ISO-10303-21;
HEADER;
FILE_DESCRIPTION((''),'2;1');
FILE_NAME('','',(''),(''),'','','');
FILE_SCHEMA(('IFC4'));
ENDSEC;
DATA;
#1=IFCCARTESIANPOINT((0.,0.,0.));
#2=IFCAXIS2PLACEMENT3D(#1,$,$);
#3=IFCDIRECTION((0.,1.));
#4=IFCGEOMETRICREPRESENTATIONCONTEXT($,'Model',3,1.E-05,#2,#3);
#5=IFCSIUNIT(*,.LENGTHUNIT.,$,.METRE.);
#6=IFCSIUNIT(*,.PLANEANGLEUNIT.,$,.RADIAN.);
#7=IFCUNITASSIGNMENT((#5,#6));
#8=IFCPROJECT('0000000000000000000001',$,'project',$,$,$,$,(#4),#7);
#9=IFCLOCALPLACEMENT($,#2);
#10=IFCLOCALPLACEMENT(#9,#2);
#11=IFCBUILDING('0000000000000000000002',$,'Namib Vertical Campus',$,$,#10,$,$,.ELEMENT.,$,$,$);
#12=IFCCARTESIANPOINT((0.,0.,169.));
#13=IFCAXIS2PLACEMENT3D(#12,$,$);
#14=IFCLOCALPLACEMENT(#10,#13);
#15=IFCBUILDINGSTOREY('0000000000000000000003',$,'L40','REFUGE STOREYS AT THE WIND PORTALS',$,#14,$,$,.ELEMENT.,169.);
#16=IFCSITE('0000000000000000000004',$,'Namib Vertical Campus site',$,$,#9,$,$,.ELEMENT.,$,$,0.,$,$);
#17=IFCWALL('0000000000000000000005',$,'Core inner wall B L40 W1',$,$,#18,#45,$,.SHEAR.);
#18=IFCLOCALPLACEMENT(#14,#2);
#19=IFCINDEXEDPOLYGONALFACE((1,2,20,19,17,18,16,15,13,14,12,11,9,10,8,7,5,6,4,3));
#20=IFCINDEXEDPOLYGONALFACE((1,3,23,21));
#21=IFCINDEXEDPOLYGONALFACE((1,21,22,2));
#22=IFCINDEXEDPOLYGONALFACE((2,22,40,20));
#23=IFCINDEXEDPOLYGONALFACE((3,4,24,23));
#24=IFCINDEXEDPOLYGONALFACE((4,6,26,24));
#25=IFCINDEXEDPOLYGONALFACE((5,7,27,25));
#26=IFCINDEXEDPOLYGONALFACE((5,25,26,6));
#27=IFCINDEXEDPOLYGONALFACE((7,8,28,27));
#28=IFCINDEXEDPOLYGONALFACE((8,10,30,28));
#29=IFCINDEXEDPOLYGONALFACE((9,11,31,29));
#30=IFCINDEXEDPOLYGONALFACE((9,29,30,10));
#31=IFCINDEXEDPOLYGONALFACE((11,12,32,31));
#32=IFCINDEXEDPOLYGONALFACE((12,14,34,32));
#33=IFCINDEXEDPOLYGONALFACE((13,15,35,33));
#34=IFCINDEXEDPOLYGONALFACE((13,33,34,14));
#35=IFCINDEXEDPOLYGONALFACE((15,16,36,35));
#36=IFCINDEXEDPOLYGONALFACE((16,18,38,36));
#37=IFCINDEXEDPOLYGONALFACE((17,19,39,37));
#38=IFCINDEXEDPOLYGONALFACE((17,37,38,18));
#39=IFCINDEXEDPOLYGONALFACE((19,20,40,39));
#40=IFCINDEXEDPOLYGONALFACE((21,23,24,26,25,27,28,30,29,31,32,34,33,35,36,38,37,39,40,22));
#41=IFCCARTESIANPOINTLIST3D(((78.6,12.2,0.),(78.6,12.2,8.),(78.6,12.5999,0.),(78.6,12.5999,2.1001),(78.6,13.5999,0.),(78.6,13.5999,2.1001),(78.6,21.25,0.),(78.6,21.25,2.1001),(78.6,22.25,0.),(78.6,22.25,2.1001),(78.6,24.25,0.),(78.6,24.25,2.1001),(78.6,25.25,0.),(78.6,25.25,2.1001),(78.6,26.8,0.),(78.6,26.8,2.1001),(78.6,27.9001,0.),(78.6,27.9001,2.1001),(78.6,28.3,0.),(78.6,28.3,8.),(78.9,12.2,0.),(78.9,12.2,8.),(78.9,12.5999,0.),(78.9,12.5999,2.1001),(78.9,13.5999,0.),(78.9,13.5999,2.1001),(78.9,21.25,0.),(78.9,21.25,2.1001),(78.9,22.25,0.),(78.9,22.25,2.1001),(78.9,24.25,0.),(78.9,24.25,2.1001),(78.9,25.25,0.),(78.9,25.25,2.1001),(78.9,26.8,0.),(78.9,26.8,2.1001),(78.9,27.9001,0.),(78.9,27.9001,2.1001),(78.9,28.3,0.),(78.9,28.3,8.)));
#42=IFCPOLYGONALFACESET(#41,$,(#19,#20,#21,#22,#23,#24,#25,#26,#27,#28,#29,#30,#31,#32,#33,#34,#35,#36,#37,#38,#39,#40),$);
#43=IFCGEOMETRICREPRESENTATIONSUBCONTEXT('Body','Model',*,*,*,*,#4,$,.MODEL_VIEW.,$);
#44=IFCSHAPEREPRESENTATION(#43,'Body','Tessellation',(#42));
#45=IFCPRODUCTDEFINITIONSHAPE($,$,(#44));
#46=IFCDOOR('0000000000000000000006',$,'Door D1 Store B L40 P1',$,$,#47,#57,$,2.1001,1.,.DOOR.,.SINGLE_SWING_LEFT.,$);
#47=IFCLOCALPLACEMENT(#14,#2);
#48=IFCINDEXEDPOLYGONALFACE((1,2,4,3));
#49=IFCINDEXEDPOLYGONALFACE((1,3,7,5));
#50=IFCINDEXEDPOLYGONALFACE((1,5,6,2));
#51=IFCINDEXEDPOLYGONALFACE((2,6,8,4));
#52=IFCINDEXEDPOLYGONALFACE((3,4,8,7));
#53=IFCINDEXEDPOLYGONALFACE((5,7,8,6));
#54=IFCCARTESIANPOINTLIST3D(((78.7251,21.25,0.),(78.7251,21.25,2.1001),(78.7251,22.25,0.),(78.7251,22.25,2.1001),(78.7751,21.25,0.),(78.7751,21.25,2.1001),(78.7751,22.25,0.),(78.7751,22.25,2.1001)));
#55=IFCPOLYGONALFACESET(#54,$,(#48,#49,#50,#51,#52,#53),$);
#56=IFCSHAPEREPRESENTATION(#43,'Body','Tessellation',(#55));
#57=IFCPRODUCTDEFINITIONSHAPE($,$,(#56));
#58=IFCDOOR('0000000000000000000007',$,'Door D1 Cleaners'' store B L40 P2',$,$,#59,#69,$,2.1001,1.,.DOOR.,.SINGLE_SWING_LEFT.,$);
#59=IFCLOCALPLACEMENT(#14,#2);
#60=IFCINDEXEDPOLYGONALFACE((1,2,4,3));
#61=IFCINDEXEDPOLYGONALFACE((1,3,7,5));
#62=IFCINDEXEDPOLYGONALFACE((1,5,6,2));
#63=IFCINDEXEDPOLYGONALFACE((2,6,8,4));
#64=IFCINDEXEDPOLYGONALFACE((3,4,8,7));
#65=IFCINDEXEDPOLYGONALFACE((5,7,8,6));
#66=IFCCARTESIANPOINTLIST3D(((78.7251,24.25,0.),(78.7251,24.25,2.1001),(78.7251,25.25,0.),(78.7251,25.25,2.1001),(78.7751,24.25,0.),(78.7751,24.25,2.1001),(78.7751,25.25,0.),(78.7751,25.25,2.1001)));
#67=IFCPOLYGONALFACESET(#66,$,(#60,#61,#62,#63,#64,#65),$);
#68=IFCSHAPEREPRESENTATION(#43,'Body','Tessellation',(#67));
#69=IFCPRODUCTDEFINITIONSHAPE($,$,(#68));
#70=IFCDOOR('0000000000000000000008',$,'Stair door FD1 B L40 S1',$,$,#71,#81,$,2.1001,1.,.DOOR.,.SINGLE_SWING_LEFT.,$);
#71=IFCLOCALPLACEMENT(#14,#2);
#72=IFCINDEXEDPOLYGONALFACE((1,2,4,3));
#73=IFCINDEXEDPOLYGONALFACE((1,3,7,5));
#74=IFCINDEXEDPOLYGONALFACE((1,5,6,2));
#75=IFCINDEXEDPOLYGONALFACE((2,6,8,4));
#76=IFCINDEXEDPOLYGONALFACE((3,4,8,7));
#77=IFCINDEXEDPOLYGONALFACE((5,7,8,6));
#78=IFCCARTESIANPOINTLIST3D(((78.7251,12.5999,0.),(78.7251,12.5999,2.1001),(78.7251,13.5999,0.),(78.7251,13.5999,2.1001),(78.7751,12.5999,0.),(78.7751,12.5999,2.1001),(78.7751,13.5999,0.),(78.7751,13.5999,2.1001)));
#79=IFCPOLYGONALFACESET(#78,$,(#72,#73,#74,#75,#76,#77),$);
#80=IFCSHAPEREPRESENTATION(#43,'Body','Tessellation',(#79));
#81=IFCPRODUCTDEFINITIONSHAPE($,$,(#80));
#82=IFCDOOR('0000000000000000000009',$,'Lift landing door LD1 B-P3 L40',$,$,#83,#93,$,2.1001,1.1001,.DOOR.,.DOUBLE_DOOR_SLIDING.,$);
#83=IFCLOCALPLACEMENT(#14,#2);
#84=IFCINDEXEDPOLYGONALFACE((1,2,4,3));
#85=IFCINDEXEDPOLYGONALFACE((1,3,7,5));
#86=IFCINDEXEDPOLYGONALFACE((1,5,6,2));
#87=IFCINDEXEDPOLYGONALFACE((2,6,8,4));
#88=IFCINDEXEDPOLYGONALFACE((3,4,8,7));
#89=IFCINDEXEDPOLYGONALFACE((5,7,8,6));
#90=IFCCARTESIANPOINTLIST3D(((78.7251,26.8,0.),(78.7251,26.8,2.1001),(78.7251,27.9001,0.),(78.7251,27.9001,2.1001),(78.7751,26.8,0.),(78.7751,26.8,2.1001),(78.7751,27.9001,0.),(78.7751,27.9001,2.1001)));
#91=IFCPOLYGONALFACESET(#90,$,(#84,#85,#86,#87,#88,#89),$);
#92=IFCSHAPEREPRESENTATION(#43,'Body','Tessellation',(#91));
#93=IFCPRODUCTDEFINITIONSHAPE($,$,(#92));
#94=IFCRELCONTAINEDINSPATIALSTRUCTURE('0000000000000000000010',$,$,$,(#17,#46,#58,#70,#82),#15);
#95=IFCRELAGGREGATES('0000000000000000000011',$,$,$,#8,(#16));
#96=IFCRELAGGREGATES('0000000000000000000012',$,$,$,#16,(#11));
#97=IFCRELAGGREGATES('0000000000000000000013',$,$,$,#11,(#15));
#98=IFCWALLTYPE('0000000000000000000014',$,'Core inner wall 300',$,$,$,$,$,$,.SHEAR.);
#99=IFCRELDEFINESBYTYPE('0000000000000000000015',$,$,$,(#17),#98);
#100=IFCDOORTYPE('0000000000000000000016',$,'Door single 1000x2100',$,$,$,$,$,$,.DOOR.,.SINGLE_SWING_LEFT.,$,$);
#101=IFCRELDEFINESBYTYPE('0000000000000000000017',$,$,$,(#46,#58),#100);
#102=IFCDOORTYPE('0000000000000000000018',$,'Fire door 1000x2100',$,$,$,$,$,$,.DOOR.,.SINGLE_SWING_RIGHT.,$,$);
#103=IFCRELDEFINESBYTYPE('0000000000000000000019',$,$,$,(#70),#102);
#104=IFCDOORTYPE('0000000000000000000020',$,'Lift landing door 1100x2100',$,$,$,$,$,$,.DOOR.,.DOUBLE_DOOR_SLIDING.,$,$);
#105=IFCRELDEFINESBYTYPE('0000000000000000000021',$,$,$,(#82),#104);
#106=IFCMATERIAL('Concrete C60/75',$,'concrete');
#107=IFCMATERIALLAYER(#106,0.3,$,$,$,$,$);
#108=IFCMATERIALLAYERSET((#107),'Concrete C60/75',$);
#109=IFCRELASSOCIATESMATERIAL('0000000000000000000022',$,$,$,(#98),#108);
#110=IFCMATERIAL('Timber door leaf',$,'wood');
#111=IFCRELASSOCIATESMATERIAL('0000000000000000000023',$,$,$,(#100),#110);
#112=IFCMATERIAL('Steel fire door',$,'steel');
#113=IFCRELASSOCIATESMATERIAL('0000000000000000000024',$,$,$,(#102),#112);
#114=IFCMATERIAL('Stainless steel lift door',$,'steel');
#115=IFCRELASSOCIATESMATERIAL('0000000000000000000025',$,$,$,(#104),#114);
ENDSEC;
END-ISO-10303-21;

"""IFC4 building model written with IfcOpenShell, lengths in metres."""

from ifc_helpers import new_model, si_unit, direction, frame, frame_2d, origin, place, context, subcontext, project, spatial, rectangle, extrude, material, layer, layer_set, type_object, element, fill, save


model = new_model("IFC4")

# Units and contexts
model_context = context("Model", 3, precision=1e-05, world=origin(), true_north=direction((0.0, 1.0)))
body_context = subcontext(model_context, "Body", "Model", "MODEL_VIEW")
ifc_project = project(units=[si_unit("LENGTHUNIT", "METRE"), si_unit("PLANEANGLEUNIT", "RADIAN")], contexts=[model_context])

# Site, building, storey
site_placement = place(None, origin())
site = spatial("IfcSite", under=ifc_project, at=site_placement, Name="Namib Vertical Campus site", CompositionType="ELEMENT", RefElevation=0.0)
building_placement = place(site_placement, origin())
building = spatial("IfcBuilding", under=site, at=building_placement, Name="Namib Vertical Campus", CompositionType="ELEMENT")
storey_placement = place(building_placement, frame((0.0, 0.0, 169.0)))
storey = spatial("IfcBuildingStorey", under=building, at=storey_placement, Name="L40", Description="REFUGE STOREYS AT THE WIND PORTALS", CompositionType="ELEMENT", Elevation=169.0)

# Wall, openings, doors
ifc_material_1 = material(Name="Concrete C60/75", Category="concrete")
ifc_layer = layer(ifc_material_1, 0.3)
ifc_layer_set = layer_set([ifc_layer], Name="Concrete C60/75")
wall_type = type_object("IfcWallType", Name="Core inner wall 300", PredefinedType="SHEAR", material=ifc_layer_set)
wall_1_placement = place(storey_placement, frame((78.75, 12.2, 0.0), z_axis=(0.0, 0.0, 1.0), x_axis=(0.0, 1.0, 0.0)))
wall_1 = element("IfcWall", 1, at=wall_1_placement, inside=storey, type_object=wall_type, Name="Core inner wall B L40 W1", PredefinedType="SHEAR", context=body_context, shape_type="SweptSolid", body=[
    extrude(rectangle(XDim=16.1001, YDim=0.3, at=frame_2d((8.05, 0.0))), origin(), (0.0, 0.0, 1.0), 8.0),
])
opening_1_placement = place(wall_1_placement, frame((0.3999, 0.0, 0.0)))
opening_1 = element("IfcOpeningElement", 2, at=opening_1_placement, cuts=wall_1, PredefinedType="OPENING", context=body_context, shape_type="SweptSolid", body=[
    extrude(rectangle(XDim=1.0, YDim=2.1001, at=frame_2d((0.5, 1.05))), frame((0.0, 0.1599, 0.0), z_axis=(0.0, -1.0, 0.0), x_axis=(1.0, 0.0, 0.0)), (0.0, 0.0, 1.0), 0.3201),
])
opening_2_placement = place(wall_1_placement, frame((14.6001, 0.0, 0.0)))
opening_2 = element("IfcOpeningElement", 3, at=opening_2_placement, cuts=wall_1, PredefinedType="OPENING", context=body_context, shape_type="SweptSolid", body=[
    extrude(rectangle(XDim=1.1001, YDim=2.1001, at=frame_2d((0.55, 1.05))), frame((0.0, 0.1599, 0.0), z_axis=(0.0, -1.0, 0.0), x_axis=(1.0, 0.0, 0.0)), (0.0, 0.0, 1.0), 0.3201),
])
opening_3_placement = place(wall_1_placement, frame((9.05, 0.0, 0.0)))
opening_3 = element("IfcOpeningElement", 4, at=opening_3_placement, cuts=wall_1, PredefinedType="OPENING", context=body_context, shape_type="SweptSolid", body=[
    extrude(rectangle(XDim=1.0, YDim=2.1001, at=frame_2d((0.5, 1.05))), frame((0.0, 0.1599, 0.0), z_axis=(0.0, -1.0, 0.0), x_axis=(1.0, 0.0, 0.0)), (0.0, 0.0, 1.0), 0.3201),
])
opening_4_placement = place(wall_1_placement, frame((12.05, 0.0, 0.0)))
opening_4 = element("IfcOpeningElement", 5, at=opening_4_placement, cuts=wall_1, PredefinedType="OPENING", context=body_context, shape_type="SweptSolid", body=[
    extrude(rectangle(XDim=1.0, YDim=2.1001, at=frame_2d((0.5, 1.05))), frame((0.0, 0.1599, 0.0), z_axis=(0.0, -1.0, 0.0), x_axis=(1.0, 0.0, 0.0)), (0.0, 0.0, 1.0), 0.3201),
])
ifc_material_2 = material(Name="Timber door leaf", Category="wood")
door_type_1 = type_object("IfcDoorType", Name="Door single 1000x2100", OperationType="SINGLE_SWING_LEFT", PredefinedType="DOOR", material=ifc_material_2)
door_1_placement = place(opening_3_placement, origin())
door_1 = element("IfcDoor", 6, at=door_1_placement, inside=storey, type_object=door_type_1, Name="Door D1 Store B L40 P1", OperationType="SINGLE_SWING_LEFT", OverallHeight=2.1001, OverallWidth=1.0, PredefinedType="DOOR", context=body_context, shape_type="SweptSolid", body=[
    extrude(rectangle(XDim=1.0, YDim=2.1001, at=frame_2d((0.5, 1.05))), frame((0.0, 0.0249, 0.0), z_axis=(0.0, -1.0, 0.0), x_axis=(1.0, 0.0, 0.0)), (0.0, 0.0, 1.0), 0.05),
])
fill(opening_3, door_1)
door_2_placement = place(opening_4_placement, origin())
door_2 = element("IfcDoor", 7, at=door_2_placement, inside=storey, type_object=door_type_1, Name="Door D1 Cleaners' store B L40 P2", OperationType="SINGLE_SWING_LEFT", OverallHeight=2.1001, OverallWidth=1.0, PredefinedType="DOOR", context=body_context, shape_type="SweptSolid", body=[
    extrude(rectangle(XDim=1.0, YDim=2.1001, at=frame_2d((0.5, 1.05))), frame((0.0, 0.0249, 0.0), z_axis=(0.0, -1.0, 0.0), x_axis=(1.0, 0.0, 0.0)), (0.0, 0.0, 1.0), 0.05),
])
fill(opening_4, door_2)
ifc_material_3 = material(Name="Steel fire door", Category="steel")
door_type_2 = type_object("IfcDoorType", Name="Fire door 1000x2100", OperationType="SINGLE_SWING_RIGHT", PredefinedType="DOOR", material=ifc_material_3)
door_3_placement = place(opening_1_placement, origin())
door_3 = element("IfcDoor", 8, at=door_3_placement, inside=storey, type_object=door_type_2, Name="Stair door FD1 B L40 S1", OperationType="SINGLE_SWING_LEFT", OverallHeight=2.1001, OverallWidth=1.0, PredefinedType="DOOR", context=body_context, shape_type="SweptSolid", body=[
    extrude(rectangle(XDim=1.0, YDim=2.1001, at=frame_2d((0.5, 1.05))), frame((0.0, 0.0249, 0.0), z_axis=(0.0, -1.0, 0.0), x_axis=(1.0, 0.0, 0.0)), (0.0, 0.0, 1.0), 0.05),
])
fill(opening_1, door_3)
ifc_material_4 = material(Name="Stainless steel lift door", Category="steel")
door_type_3 = type_object("IfcDoorType", Name="Lift landing door 1100x2100", OperationType="DOUBLE_DOOR_SLIDING", PredefinedType="DOOR", material=ifc_material_4)
door_4_placement = place(opening_2_placement, origin())
door_4 = element("IfcDoor", 9, at=door_4_placement, inside=storey, type_object=door_type_3, Name="Lift landing door LD1 B-P3 L40", OperationType="DOUBLE_DOOR_SLIDING", OverallHeight=2.1001, OverallWidth=1.1001, PredefinedType="DOOR", context=body_context, shape_type="SweptSolid", body=[
    extrude(rectangle(XDim=1.1001, YDim=2.1001, at=frame_2d((0.55, 1.05))), frame((0.0, 0.0249, 0.0), z_axis=(0.0, -1.0, 0.0), x_axis=(1.0, 0.0, 0.0)), (0.0, 0.0, 1.0), 0.05),
])
fill(opening_2, door_4)

save(model, "model.ifc")
